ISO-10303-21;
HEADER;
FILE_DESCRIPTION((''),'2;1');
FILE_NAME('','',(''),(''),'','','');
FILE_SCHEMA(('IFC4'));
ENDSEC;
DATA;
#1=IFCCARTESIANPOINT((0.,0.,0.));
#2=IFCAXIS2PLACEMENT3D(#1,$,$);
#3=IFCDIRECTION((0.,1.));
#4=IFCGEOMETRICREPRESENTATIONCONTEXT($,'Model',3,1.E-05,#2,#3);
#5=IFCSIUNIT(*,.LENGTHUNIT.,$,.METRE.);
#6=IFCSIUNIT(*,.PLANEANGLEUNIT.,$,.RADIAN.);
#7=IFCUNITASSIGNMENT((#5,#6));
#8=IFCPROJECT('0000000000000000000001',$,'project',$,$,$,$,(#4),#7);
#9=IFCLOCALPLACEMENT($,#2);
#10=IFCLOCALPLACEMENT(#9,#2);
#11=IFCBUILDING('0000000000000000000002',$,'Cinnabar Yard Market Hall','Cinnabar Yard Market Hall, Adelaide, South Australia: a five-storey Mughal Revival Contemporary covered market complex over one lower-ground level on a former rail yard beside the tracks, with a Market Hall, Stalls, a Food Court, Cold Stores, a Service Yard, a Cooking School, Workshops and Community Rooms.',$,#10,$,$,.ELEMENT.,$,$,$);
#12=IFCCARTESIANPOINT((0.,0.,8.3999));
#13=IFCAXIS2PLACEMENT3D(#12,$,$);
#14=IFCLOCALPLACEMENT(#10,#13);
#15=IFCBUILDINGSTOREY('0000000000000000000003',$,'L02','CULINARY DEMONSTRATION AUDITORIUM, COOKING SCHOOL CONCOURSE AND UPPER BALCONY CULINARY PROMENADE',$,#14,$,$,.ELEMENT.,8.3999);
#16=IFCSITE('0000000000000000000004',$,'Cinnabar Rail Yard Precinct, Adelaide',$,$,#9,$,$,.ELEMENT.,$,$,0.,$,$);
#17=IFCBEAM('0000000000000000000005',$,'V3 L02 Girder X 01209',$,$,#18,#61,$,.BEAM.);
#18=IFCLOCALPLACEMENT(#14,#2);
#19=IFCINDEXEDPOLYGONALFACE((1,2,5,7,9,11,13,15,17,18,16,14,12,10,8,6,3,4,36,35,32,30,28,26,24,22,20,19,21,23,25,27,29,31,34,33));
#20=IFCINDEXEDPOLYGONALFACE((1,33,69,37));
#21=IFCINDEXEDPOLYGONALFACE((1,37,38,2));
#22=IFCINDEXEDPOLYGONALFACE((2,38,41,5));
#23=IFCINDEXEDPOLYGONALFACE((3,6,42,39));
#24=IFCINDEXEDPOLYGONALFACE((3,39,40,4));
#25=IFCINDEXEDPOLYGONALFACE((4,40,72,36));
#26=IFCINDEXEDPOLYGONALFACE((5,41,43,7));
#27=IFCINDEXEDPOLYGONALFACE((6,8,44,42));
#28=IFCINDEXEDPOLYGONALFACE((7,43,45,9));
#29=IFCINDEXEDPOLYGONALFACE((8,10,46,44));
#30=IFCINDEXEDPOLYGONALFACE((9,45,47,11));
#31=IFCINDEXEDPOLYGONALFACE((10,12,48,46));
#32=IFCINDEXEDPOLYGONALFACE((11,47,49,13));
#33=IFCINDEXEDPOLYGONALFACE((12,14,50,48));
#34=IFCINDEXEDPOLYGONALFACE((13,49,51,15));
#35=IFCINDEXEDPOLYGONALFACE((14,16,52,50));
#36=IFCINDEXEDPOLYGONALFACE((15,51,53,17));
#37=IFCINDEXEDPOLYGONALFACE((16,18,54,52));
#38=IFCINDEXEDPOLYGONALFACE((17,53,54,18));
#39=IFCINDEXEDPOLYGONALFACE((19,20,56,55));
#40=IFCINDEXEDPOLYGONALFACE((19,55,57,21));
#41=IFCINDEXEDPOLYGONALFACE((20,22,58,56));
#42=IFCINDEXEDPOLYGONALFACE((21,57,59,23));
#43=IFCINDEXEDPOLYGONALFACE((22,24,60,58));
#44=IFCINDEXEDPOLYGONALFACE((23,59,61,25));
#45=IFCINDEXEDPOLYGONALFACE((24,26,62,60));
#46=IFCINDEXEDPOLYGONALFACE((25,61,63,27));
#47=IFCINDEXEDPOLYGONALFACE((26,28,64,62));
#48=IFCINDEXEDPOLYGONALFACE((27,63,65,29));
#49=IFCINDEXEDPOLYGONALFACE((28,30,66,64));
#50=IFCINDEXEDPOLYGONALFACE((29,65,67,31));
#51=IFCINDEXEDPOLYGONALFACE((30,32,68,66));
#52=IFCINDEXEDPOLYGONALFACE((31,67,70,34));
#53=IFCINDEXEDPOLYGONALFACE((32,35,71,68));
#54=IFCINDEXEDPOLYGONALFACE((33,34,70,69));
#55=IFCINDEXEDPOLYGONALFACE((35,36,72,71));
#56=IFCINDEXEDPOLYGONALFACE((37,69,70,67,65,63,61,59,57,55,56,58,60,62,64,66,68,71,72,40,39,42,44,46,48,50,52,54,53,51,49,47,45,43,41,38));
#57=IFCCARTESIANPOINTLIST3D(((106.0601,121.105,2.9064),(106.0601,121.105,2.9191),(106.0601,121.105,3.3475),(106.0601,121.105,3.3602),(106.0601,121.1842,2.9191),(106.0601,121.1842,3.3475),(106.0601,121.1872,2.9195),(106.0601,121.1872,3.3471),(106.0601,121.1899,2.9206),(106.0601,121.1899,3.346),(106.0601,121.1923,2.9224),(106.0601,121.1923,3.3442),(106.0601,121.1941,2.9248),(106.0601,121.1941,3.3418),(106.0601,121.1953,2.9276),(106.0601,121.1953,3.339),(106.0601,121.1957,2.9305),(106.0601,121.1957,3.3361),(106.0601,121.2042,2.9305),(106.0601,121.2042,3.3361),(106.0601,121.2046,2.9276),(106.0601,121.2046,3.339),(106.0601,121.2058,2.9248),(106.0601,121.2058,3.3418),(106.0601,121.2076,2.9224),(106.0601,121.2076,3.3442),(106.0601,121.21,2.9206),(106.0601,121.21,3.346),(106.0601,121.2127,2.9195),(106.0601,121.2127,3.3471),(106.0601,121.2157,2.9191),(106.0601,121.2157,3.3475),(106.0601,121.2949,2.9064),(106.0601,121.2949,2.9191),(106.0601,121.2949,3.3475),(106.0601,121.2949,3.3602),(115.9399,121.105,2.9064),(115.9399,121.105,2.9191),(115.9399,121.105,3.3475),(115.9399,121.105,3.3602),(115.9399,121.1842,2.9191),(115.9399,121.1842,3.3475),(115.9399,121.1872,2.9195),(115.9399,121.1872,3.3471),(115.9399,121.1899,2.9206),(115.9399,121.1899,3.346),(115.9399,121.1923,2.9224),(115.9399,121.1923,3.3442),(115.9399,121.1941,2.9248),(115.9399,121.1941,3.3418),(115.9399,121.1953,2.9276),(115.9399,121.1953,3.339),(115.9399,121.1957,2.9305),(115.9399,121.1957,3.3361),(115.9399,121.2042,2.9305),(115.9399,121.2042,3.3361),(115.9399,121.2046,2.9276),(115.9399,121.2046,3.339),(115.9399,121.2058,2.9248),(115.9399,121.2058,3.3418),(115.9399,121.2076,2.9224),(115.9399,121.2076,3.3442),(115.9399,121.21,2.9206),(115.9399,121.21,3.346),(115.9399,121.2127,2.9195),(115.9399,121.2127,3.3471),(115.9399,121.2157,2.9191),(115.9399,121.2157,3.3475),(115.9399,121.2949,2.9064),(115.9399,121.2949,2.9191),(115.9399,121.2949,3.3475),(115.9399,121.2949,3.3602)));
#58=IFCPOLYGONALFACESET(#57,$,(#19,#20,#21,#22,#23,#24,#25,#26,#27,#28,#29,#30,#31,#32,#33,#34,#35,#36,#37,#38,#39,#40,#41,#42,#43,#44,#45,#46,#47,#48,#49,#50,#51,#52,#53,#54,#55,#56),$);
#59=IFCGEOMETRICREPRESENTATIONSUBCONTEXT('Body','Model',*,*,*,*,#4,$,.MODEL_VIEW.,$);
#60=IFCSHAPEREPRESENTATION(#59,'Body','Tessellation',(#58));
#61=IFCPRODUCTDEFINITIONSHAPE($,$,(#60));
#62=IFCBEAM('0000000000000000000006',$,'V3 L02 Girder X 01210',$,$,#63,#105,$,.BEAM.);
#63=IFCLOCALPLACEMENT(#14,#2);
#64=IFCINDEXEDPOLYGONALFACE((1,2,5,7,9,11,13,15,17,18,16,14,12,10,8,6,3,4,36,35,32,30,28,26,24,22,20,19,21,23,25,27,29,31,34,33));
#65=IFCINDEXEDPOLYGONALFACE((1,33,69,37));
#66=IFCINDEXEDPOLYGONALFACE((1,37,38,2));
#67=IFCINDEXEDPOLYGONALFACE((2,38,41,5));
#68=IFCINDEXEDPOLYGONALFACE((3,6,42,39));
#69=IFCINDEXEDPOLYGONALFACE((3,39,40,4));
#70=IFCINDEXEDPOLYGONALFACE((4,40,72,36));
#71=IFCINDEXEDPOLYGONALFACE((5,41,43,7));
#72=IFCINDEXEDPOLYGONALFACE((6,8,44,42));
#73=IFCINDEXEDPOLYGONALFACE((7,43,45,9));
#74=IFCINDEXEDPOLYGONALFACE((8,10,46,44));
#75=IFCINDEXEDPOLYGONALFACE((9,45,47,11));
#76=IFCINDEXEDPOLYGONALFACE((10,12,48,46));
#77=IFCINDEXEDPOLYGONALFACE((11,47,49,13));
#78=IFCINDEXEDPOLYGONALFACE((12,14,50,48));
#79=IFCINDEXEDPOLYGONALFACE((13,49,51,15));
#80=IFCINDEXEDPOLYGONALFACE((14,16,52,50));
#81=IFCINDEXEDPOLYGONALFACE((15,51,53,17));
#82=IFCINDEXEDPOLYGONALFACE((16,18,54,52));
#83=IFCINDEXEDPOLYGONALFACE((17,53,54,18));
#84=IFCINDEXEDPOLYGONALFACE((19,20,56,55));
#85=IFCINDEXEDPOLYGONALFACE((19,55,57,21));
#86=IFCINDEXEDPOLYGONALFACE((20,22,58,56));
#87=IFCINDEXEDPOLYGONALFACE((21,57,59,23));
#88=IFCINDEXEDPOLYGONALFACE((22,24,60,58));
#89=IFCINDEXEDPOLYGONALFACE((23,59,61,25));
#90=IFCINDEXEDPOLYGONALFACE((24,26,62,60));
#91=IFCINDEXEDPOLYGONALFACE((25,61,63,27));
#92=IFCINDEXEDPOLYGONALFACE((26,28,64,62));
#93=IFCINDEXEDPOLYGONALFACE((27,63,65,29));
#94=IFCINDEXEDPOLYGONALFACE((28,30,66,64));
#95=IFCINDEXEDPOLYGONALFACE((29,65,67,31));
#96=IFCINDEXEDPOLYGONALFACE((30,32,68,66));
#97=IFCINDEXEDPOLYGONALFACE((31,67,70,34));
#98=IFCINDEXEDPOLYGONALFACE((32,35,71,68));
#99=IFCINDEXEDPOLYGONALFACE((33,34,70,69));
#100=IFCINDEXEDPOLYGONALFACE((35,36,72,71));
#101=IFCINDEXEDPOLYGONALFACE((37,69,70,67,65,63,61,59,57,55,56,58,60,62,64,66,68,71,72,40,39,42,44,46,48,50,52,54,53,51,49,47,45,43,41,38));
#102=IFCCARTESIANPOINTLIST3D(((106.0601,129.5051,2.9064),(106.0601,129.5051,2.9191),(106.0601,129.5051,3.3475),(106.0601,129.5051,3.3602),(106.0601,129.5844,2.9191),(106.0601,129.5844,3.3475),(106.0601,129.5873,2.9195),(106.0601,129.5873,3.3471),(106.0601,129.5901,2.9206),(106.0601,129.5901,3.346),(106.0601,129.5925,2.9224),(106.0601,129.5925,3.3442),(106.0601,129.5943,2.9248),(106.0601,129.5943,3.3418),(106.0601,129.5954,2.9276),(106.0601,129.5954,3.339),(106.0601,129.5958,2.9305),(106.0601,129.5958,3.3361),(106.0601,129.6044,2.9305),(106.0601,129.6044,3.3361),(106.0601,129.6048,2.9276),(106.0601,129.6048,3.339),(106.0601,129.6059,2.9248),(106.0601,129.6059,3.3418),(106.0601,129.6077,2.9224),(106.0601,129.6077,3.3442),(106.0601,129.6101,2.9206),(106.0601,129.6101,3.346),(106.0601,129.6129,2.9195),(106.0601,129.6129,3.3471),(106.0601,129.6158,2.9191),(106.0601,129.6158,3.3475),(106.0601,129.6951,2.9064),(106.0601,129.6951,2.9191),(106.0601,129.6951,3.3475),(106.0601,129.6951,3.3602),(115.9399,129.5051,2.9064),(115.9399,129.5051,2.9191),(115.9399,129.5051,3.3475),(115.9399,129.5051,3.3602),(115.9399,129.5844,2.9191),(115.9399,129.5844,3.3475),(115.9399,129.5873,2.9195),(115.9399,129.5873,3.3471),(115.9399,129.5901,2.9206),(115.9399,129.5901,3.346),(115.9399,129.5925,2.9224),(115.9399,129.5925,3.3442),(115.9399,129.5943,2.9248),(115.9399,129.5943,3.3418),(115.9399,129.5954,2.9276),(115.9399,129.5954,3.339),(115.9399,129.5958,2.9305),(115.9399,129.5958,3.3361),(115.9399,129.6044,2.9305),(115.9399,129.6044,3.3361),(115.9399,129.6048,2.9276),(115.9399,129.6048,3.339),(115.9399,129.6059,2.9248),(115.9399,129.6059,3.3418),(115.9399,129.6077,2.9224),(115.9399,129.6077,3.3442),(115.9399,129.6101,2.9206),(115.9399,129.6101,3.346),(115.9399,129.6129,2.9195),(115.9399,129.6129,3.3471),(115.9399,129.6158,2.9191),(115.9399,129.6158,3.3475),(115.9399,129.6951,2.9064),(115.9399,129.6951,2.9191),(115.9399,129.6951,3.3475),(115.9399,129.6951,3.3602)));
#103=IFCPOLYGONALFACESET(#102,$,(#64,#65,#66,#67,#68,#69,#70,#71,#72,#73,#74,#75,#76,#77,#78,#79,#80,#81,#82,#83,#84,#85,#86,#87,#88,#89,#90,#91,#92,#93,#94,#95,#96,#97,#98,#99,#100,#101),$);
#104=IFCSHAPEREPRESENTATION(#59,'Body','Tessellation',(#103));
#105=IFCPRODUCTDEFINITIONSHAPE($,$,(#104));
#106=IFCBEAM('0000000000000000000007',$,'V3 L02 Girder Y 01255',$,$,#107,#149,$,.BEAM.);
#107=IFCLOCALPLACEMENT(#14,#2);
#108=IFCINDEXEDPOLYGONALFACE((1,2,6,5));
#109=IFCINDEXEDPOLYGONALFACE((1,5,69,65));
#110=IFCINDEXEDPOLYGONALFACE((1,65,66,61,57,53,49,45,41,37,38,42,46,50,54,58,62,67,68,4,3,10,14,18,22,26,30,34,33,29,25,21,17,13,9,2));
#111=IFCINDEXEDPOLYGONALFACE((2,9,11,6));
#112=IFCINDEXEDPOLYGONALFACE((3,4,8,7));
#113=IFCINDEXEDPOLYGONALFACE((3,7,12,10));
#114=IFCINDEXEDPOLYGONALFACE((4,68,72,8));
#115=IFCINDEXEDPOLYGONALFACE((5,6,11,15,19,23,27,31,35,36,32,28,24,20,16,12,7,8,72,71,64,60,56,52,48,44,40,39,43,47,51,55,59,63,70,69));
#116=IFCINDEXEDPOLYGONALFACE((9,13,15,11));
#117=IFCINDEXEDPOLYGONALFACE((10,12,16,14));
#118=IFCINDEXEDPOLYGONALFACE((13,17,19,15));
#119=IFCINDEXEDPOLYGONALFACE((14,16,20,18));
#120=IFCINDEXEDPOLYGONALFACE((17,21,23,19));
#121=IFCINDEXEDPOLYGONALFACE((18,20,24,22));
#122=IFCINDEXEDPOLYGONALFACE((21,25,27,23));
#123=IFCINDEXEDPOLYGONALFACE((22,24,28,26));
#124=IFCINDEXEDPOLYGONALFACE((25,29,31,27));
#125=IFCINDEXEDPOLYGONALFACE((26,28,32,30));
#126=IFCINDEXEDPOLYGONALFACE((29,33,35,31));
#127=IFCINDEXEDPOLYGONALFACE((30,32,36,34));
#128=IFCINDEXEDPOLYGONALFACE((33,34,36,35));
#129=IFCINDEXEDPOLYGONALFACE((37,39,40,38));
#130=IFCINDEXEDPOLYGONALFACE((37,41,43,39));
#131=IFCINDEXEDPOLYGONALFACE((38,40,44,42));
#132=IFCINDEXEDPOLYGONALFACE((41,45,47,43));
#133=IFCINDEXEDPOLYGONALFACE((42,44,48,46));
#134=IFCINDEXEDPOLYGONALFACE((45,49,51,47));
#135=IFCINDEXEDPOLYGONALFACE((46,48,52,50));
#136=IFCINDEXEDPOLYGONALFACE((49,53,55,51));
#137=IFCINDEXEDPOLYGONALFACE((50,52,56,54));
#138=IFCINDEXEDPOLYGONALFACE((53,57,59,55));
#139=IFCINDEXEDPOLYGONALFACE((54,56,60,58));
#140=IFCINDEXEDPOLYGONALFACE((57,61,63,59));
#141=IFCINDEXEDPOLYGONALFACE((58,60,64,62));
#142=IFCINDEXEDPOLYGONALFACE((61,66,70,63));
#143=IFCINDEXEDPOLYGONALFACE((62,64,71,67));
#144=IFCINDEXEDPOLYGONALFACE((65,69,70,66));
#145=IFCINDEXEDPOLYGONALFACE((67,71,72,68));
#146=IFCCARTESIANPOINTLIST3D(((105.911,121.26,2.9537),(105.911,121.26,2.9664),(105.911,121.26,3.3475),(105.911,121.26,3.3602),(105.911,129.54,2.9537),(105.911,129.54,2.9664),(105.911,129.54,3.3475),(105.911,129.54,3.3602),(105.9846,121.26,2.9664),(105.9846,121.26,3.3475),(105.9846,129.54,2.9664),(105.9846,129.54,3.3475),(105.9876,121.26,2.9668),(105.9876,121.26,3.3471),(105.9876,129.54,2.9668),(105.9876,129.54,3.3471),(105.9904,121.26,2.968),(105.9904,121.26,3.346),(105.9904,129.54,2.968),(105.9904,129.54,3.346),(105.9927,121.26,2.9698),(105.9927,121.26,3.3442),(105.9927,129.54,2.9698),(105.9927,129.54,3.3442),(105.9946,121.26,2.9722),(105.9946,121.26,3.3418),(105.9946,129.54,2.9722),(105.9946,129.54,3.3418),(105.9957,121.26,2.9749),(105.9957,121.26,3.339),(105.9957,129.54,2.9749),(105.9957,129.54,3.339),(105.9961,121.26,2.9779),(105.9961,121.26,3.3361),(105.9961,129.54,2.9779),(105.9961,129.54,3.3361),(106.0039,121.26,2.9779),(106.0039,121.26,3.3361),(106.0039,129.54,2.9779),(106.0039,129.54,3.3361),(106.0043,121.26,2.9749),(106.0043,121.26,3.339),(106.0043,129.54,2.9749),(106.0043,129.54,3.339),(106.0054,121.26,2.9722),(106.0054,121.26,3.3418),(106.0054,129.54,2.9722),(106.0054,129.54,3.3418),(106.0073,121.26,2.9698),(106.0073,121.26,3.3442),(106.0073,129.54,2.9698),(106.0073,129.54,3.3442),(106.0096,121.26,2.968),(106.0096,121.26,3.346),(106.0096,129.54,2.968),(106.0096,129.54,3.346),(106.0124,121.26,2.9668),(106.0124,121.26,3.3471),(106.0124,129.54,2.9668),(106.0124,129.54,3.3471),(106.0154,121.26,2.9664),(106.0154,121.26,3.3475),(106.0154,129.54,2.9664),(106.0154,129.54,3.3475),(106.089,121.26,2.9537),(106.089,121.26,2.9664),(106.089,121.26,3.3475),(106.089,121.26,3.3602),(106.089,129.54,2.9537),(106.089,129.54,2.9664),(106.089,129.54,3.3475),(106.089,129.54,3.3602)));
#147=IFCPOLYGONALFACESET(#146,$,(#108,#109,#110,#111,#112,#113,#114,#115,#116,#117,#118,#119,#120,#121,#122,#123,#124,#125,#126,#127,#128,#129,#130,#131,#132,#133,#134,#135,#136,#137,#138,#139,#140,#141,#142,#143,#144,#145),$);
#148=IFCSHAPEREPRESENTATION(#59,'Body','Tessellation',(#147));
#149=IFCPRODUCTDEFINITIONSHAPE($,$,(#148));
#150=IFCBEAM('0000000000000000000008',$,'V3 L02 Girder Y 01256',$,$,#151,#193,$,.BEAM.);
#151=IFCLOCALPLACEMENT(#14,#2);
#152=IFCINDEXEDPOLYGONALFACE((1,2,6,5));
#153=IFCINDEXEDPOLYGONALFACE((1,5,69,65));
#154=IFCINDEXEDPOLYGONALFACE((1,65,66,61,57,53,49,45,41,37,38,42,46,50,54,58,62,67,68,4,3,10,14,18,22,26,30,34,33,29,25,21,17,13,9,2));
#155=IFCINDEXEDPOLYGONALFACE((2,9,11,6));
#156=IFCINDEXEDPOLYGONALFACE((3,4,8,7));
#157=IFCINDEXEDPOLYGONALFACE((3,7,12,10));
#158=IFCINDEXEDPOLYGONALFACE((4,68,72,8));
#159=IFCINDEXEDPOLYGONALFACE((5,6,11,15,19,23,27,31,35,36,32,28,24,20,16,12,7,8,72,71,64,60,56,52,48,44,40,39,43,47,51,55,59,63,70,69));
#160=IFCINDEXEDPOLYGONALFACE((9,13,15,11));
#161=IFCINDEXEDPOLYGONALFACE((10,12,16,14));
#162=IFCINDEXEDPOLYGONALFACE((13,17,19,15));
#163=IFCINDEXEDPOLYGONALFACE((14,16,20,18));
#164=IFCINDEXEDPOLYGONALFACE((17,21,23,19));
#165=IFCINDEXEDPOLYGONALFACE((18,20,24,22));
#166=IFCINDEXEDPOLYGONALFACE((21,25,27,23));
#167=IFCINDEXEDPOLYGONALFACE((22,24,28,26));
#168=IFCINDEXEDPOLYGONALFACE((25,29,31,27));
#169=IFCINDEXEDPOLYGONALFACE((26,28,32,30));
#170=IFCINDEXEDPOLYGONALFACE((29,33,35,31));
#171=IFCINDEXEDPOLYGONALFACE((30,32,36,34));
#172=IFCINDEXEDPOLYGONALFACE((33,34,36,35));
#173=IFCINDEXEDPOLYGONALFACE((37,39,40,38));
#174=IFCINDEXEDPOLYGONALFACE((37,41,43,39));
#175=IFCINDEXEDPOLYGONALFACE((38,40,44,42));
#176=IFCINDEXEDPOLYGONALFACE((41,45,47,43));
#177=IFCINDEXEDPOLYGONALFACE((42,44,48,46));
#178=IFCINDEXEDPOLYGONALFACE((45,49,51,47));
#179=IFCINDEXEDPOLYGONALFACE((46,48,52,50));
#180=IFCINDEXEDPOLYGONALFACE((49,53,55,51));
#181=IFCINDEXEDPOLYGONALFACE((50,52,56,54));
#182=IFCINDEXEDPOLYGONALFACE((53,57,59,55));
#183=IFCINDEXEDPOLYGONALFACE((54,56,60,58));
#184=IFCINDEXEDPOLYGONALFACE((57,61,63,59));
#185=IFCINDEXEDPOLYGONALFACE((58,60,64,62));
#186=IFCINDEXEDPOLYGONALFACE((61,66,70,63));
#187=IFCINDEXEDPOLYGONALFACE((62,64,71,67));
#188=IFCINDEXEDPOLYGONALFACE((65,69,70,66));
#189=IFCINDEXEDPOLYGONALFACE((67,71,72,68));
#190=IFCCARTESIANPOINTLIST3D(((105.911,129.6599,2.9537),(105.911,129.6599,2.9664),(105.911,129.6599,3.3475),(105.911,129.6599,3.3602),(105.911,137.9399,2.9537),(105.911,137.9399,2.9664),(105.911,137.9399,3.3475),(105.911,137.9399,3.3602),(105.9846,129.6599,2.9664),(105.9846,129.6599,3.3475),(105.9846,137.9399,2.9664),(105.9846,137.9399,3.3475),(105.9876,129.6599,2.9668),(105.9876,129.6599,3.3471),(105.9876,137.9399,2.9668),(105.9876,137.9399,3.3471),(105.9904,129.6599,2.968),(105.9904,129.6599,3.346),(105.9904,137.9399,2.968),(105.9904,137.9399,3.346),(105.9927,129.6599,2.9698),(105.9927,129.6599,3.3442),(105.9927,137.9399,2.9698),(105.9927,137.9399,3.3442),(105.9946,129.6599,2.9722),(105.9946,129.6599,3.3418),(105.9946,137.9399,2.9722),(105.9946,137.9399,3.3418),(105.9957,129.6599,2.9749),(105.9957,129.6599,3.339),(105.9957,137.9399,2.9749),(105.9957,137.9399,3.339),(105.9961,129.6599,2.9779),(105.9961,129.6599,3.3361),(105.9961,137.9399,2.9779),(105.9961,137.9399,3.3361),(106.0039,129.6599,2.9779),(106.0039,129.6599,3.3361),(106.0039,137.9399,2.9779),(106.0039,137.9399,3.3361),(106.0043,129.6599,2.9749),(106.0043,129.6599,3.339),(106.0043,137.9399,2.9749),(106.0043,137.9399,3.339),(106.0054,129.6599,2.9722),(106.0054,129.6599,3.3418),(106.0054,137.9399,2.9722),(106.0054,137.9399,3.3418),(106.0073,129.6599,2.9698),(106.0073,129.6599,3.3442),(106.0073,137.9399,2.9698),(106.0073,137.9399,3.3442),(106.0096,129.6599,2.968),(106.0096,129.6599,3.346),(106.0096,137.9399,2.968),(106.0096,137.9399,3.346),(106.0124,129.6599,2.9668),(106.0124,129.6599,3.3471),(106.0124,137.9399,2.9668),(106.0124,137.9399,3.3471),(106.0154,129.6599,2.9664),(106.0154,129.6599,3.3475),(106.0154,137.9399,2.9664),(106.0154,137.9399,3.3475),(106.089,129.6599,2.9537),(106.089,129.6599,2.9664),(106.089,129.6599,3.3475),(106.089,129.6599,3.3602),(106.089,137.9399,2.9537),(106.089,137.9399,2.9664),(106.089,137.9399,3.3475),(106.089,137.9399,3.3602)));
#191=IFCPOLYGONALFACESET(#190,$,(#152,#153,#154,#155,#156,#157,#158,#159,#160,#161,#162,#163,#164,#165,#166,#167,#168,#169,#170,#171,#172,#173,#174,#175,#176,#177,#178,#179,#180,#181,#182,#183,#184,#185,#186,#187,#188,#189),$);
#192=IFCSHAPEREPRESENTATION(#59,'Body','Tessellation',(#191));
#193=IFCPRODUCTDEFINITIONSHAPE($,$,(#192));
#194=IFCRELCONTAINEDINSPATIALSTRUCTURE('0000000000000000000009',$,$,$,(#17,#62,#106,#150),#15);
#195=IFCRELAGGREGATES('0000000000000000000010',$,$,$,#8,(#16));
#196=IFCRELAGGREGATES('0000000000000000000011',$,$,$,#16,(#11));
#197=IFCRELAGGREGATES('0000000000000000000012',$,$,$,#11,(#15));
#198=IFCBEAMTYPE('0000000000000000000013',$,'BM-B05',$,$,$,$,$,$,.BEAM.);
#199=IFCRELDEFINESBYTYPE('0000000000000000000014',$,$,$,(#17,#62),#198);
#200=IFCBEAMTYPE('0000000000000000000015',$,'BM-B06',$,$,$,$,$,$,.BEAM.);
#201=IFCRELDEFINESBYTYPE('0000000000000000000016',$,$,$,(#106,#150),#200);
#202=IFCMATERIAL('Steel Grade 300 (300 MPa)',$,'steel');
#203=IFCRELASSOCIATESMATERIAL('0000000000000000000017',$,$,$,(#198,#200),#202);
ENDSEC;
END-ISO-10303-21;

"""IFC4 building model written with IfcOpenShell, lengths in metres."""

from ifc_helpers import new_model, si_unit, direction, frame, origin, origin_2d_with_axis, place, context, subcontext, project, spatial, i_section, extrude, material, material_profile, profile_set, type_object, element, save


model = new_model("IFC4")

# Units and contexts
model_context = context("Model", 3, precision=1e-05, world=origin(), true_north=direction((0.0, 1.0)))
body_context = subcontext(model_context, "Body", "Model", "MODEL_VIEW")
ifc_project = project(units=[si_unit("LENGTHUNIT", "METRE"), si_unit("PLANEANGLEUNIT", "RADIAN")], contexts=[model_context])

# Site, building, storey
site_placement = place(None, origin())
site = spatial("IfcSite", under=ifc_project, at=site_placement, Name="Cinnabar Rail Yard Precinct, Adelaide", CompositionType="ELEMENT", RefElevation=0.0)
building_placement = place(site_placement, origin())
building = spatial("IfcBuilding", under=site, at=building_placement, Name="Cinnabar Yard Market Hall", Description="Cinnabar Yard Market Hall, Adelaide, South Australia: a five-storey Mughal Revival Contemporary covered market complex over one lower-ground level on a former rail yard beside the tracks, with a Market Hall, Stalls, a Food Court, Cold Stores, a Service Yard, a Cooking School, Workshops and Community Rooms.", CompositionType="ELEMENT")
storey_placement = place(building_placement, frame((0.0, 0.0, 8.3999)))
storey = spatial("IfcBuildingStorey", under=building, at=storey_placement, Name="L02", Description="CULINARY DEMONSTRATION AUDITORIUM, COOKING SCHOOL CONCOURSE AND UPPER BALCONY CULINARY PROMENADE", CompositionType="ELEMENT", Elevation=8.3999)

# Beams
ifc_material_1 = material(Name="Steel Grade 300 (300 MPa)", Category="steel")
ifc_material_profile_1 = material_profile(ifc_material_1, i_section(OverallWidth=0.1899, OverallDepth=0.4539, WebThickness=0.0085, FlangeThickness=0.0127, FilletRadius=0.0115, at=origin_2d_with_axis()), Name="460UB67.1")
ifc_profile_set_1 = profile_set([ifc_material_profile_1], Name="Steel Grade 300 (300 MPa)")
beam_type_1 = type_object("IfcBeamType", Name="BM-B05", PredefinedType="BEAM", material=ifc_profile_set_1)
for number, where, z_axis, x_axis, name in (
    (1, (106.0601, 121.2, 3.1333), (1.0, 0.0, 0.0), (0.0, 1.0, 0.0), "V3 L02 Girder X 01209"),
    (2, (106.0601, 129.6001, 3.1333), (1.0, 0.0, 0.0), (0.0, 1.0, 0.0), "V3 L02 Girder X 01210"),
):
    element("IfcBeam", number, at=place(storey_placement, frame(where, z_axis=z_axis, x_axis=x_axis)), inside=storey, type_object=beam_type_1, Name=name, PredefinedType="BEAM", context=body_context, shape_type="SweptSolid", body=[
        extrude(i_section(OverallWidth=0.1899, OverallDepth=0.4539, WebThickness=0.0085, FlangeThickness=0.0127, FilletRadius=0.0115, at=origin_2d_with_axis()), origin(), (0.0, 0.0, 1.0), 9.8799),
    ])
ifc_material_profile_2 = material_profile(ifc_material_1, i_section(OverallWidth=0.178, OverallDepth=0.4065, WebThickness=0.0078, FlangeThickness=0.0127, FilletRadius=0.0115, at=origin_2d_with_axis()), Name="410UB59.7")
ifc_profile_set_2 = profile_set([ifc_material_profile_2], Name="Steel Grade 300 (300 MPa)")
beam_type_2 = type_object("IfcBeamType", Name="BM-B06", PredefinedType="BEAM", material=ifc_profile_set_2)
for number, where, z_axis, x_axis, name in (
    (3, (106.0, 121.26, 3.157), (0.0, 1.0, 0.0), (-1.0, 0.0, 0.0), "V3 L02 Girder Y 01255"),
    (4, (106.0, 129.6599, 3.157), (0.0, 1.0, 0.0), (-1.0, 0.0, 0.0), "V3 L02 Girder Y 01256"),
):
    element("IfcBeam", number, at=place(storey_placement, frame(where, z_axis=z_axis, x_axis=x_axis)), inside=storey, type_object=beam_type_2, Name=name, PredefinedType="BEAM", context=body_context, shape_type="SweptSolid", body=[
        extrude(i_section(OverallWidth=0.178, OverallDepth=0.4065, WebThickness=0.0078, FlangeThickness=0.0127, FilletRadius=0.0115, at=origin_2d_with_axis()), origin(), (0.0, 0.0, 1.0), 8.28),
    ])

save(model, "model.ifc")
